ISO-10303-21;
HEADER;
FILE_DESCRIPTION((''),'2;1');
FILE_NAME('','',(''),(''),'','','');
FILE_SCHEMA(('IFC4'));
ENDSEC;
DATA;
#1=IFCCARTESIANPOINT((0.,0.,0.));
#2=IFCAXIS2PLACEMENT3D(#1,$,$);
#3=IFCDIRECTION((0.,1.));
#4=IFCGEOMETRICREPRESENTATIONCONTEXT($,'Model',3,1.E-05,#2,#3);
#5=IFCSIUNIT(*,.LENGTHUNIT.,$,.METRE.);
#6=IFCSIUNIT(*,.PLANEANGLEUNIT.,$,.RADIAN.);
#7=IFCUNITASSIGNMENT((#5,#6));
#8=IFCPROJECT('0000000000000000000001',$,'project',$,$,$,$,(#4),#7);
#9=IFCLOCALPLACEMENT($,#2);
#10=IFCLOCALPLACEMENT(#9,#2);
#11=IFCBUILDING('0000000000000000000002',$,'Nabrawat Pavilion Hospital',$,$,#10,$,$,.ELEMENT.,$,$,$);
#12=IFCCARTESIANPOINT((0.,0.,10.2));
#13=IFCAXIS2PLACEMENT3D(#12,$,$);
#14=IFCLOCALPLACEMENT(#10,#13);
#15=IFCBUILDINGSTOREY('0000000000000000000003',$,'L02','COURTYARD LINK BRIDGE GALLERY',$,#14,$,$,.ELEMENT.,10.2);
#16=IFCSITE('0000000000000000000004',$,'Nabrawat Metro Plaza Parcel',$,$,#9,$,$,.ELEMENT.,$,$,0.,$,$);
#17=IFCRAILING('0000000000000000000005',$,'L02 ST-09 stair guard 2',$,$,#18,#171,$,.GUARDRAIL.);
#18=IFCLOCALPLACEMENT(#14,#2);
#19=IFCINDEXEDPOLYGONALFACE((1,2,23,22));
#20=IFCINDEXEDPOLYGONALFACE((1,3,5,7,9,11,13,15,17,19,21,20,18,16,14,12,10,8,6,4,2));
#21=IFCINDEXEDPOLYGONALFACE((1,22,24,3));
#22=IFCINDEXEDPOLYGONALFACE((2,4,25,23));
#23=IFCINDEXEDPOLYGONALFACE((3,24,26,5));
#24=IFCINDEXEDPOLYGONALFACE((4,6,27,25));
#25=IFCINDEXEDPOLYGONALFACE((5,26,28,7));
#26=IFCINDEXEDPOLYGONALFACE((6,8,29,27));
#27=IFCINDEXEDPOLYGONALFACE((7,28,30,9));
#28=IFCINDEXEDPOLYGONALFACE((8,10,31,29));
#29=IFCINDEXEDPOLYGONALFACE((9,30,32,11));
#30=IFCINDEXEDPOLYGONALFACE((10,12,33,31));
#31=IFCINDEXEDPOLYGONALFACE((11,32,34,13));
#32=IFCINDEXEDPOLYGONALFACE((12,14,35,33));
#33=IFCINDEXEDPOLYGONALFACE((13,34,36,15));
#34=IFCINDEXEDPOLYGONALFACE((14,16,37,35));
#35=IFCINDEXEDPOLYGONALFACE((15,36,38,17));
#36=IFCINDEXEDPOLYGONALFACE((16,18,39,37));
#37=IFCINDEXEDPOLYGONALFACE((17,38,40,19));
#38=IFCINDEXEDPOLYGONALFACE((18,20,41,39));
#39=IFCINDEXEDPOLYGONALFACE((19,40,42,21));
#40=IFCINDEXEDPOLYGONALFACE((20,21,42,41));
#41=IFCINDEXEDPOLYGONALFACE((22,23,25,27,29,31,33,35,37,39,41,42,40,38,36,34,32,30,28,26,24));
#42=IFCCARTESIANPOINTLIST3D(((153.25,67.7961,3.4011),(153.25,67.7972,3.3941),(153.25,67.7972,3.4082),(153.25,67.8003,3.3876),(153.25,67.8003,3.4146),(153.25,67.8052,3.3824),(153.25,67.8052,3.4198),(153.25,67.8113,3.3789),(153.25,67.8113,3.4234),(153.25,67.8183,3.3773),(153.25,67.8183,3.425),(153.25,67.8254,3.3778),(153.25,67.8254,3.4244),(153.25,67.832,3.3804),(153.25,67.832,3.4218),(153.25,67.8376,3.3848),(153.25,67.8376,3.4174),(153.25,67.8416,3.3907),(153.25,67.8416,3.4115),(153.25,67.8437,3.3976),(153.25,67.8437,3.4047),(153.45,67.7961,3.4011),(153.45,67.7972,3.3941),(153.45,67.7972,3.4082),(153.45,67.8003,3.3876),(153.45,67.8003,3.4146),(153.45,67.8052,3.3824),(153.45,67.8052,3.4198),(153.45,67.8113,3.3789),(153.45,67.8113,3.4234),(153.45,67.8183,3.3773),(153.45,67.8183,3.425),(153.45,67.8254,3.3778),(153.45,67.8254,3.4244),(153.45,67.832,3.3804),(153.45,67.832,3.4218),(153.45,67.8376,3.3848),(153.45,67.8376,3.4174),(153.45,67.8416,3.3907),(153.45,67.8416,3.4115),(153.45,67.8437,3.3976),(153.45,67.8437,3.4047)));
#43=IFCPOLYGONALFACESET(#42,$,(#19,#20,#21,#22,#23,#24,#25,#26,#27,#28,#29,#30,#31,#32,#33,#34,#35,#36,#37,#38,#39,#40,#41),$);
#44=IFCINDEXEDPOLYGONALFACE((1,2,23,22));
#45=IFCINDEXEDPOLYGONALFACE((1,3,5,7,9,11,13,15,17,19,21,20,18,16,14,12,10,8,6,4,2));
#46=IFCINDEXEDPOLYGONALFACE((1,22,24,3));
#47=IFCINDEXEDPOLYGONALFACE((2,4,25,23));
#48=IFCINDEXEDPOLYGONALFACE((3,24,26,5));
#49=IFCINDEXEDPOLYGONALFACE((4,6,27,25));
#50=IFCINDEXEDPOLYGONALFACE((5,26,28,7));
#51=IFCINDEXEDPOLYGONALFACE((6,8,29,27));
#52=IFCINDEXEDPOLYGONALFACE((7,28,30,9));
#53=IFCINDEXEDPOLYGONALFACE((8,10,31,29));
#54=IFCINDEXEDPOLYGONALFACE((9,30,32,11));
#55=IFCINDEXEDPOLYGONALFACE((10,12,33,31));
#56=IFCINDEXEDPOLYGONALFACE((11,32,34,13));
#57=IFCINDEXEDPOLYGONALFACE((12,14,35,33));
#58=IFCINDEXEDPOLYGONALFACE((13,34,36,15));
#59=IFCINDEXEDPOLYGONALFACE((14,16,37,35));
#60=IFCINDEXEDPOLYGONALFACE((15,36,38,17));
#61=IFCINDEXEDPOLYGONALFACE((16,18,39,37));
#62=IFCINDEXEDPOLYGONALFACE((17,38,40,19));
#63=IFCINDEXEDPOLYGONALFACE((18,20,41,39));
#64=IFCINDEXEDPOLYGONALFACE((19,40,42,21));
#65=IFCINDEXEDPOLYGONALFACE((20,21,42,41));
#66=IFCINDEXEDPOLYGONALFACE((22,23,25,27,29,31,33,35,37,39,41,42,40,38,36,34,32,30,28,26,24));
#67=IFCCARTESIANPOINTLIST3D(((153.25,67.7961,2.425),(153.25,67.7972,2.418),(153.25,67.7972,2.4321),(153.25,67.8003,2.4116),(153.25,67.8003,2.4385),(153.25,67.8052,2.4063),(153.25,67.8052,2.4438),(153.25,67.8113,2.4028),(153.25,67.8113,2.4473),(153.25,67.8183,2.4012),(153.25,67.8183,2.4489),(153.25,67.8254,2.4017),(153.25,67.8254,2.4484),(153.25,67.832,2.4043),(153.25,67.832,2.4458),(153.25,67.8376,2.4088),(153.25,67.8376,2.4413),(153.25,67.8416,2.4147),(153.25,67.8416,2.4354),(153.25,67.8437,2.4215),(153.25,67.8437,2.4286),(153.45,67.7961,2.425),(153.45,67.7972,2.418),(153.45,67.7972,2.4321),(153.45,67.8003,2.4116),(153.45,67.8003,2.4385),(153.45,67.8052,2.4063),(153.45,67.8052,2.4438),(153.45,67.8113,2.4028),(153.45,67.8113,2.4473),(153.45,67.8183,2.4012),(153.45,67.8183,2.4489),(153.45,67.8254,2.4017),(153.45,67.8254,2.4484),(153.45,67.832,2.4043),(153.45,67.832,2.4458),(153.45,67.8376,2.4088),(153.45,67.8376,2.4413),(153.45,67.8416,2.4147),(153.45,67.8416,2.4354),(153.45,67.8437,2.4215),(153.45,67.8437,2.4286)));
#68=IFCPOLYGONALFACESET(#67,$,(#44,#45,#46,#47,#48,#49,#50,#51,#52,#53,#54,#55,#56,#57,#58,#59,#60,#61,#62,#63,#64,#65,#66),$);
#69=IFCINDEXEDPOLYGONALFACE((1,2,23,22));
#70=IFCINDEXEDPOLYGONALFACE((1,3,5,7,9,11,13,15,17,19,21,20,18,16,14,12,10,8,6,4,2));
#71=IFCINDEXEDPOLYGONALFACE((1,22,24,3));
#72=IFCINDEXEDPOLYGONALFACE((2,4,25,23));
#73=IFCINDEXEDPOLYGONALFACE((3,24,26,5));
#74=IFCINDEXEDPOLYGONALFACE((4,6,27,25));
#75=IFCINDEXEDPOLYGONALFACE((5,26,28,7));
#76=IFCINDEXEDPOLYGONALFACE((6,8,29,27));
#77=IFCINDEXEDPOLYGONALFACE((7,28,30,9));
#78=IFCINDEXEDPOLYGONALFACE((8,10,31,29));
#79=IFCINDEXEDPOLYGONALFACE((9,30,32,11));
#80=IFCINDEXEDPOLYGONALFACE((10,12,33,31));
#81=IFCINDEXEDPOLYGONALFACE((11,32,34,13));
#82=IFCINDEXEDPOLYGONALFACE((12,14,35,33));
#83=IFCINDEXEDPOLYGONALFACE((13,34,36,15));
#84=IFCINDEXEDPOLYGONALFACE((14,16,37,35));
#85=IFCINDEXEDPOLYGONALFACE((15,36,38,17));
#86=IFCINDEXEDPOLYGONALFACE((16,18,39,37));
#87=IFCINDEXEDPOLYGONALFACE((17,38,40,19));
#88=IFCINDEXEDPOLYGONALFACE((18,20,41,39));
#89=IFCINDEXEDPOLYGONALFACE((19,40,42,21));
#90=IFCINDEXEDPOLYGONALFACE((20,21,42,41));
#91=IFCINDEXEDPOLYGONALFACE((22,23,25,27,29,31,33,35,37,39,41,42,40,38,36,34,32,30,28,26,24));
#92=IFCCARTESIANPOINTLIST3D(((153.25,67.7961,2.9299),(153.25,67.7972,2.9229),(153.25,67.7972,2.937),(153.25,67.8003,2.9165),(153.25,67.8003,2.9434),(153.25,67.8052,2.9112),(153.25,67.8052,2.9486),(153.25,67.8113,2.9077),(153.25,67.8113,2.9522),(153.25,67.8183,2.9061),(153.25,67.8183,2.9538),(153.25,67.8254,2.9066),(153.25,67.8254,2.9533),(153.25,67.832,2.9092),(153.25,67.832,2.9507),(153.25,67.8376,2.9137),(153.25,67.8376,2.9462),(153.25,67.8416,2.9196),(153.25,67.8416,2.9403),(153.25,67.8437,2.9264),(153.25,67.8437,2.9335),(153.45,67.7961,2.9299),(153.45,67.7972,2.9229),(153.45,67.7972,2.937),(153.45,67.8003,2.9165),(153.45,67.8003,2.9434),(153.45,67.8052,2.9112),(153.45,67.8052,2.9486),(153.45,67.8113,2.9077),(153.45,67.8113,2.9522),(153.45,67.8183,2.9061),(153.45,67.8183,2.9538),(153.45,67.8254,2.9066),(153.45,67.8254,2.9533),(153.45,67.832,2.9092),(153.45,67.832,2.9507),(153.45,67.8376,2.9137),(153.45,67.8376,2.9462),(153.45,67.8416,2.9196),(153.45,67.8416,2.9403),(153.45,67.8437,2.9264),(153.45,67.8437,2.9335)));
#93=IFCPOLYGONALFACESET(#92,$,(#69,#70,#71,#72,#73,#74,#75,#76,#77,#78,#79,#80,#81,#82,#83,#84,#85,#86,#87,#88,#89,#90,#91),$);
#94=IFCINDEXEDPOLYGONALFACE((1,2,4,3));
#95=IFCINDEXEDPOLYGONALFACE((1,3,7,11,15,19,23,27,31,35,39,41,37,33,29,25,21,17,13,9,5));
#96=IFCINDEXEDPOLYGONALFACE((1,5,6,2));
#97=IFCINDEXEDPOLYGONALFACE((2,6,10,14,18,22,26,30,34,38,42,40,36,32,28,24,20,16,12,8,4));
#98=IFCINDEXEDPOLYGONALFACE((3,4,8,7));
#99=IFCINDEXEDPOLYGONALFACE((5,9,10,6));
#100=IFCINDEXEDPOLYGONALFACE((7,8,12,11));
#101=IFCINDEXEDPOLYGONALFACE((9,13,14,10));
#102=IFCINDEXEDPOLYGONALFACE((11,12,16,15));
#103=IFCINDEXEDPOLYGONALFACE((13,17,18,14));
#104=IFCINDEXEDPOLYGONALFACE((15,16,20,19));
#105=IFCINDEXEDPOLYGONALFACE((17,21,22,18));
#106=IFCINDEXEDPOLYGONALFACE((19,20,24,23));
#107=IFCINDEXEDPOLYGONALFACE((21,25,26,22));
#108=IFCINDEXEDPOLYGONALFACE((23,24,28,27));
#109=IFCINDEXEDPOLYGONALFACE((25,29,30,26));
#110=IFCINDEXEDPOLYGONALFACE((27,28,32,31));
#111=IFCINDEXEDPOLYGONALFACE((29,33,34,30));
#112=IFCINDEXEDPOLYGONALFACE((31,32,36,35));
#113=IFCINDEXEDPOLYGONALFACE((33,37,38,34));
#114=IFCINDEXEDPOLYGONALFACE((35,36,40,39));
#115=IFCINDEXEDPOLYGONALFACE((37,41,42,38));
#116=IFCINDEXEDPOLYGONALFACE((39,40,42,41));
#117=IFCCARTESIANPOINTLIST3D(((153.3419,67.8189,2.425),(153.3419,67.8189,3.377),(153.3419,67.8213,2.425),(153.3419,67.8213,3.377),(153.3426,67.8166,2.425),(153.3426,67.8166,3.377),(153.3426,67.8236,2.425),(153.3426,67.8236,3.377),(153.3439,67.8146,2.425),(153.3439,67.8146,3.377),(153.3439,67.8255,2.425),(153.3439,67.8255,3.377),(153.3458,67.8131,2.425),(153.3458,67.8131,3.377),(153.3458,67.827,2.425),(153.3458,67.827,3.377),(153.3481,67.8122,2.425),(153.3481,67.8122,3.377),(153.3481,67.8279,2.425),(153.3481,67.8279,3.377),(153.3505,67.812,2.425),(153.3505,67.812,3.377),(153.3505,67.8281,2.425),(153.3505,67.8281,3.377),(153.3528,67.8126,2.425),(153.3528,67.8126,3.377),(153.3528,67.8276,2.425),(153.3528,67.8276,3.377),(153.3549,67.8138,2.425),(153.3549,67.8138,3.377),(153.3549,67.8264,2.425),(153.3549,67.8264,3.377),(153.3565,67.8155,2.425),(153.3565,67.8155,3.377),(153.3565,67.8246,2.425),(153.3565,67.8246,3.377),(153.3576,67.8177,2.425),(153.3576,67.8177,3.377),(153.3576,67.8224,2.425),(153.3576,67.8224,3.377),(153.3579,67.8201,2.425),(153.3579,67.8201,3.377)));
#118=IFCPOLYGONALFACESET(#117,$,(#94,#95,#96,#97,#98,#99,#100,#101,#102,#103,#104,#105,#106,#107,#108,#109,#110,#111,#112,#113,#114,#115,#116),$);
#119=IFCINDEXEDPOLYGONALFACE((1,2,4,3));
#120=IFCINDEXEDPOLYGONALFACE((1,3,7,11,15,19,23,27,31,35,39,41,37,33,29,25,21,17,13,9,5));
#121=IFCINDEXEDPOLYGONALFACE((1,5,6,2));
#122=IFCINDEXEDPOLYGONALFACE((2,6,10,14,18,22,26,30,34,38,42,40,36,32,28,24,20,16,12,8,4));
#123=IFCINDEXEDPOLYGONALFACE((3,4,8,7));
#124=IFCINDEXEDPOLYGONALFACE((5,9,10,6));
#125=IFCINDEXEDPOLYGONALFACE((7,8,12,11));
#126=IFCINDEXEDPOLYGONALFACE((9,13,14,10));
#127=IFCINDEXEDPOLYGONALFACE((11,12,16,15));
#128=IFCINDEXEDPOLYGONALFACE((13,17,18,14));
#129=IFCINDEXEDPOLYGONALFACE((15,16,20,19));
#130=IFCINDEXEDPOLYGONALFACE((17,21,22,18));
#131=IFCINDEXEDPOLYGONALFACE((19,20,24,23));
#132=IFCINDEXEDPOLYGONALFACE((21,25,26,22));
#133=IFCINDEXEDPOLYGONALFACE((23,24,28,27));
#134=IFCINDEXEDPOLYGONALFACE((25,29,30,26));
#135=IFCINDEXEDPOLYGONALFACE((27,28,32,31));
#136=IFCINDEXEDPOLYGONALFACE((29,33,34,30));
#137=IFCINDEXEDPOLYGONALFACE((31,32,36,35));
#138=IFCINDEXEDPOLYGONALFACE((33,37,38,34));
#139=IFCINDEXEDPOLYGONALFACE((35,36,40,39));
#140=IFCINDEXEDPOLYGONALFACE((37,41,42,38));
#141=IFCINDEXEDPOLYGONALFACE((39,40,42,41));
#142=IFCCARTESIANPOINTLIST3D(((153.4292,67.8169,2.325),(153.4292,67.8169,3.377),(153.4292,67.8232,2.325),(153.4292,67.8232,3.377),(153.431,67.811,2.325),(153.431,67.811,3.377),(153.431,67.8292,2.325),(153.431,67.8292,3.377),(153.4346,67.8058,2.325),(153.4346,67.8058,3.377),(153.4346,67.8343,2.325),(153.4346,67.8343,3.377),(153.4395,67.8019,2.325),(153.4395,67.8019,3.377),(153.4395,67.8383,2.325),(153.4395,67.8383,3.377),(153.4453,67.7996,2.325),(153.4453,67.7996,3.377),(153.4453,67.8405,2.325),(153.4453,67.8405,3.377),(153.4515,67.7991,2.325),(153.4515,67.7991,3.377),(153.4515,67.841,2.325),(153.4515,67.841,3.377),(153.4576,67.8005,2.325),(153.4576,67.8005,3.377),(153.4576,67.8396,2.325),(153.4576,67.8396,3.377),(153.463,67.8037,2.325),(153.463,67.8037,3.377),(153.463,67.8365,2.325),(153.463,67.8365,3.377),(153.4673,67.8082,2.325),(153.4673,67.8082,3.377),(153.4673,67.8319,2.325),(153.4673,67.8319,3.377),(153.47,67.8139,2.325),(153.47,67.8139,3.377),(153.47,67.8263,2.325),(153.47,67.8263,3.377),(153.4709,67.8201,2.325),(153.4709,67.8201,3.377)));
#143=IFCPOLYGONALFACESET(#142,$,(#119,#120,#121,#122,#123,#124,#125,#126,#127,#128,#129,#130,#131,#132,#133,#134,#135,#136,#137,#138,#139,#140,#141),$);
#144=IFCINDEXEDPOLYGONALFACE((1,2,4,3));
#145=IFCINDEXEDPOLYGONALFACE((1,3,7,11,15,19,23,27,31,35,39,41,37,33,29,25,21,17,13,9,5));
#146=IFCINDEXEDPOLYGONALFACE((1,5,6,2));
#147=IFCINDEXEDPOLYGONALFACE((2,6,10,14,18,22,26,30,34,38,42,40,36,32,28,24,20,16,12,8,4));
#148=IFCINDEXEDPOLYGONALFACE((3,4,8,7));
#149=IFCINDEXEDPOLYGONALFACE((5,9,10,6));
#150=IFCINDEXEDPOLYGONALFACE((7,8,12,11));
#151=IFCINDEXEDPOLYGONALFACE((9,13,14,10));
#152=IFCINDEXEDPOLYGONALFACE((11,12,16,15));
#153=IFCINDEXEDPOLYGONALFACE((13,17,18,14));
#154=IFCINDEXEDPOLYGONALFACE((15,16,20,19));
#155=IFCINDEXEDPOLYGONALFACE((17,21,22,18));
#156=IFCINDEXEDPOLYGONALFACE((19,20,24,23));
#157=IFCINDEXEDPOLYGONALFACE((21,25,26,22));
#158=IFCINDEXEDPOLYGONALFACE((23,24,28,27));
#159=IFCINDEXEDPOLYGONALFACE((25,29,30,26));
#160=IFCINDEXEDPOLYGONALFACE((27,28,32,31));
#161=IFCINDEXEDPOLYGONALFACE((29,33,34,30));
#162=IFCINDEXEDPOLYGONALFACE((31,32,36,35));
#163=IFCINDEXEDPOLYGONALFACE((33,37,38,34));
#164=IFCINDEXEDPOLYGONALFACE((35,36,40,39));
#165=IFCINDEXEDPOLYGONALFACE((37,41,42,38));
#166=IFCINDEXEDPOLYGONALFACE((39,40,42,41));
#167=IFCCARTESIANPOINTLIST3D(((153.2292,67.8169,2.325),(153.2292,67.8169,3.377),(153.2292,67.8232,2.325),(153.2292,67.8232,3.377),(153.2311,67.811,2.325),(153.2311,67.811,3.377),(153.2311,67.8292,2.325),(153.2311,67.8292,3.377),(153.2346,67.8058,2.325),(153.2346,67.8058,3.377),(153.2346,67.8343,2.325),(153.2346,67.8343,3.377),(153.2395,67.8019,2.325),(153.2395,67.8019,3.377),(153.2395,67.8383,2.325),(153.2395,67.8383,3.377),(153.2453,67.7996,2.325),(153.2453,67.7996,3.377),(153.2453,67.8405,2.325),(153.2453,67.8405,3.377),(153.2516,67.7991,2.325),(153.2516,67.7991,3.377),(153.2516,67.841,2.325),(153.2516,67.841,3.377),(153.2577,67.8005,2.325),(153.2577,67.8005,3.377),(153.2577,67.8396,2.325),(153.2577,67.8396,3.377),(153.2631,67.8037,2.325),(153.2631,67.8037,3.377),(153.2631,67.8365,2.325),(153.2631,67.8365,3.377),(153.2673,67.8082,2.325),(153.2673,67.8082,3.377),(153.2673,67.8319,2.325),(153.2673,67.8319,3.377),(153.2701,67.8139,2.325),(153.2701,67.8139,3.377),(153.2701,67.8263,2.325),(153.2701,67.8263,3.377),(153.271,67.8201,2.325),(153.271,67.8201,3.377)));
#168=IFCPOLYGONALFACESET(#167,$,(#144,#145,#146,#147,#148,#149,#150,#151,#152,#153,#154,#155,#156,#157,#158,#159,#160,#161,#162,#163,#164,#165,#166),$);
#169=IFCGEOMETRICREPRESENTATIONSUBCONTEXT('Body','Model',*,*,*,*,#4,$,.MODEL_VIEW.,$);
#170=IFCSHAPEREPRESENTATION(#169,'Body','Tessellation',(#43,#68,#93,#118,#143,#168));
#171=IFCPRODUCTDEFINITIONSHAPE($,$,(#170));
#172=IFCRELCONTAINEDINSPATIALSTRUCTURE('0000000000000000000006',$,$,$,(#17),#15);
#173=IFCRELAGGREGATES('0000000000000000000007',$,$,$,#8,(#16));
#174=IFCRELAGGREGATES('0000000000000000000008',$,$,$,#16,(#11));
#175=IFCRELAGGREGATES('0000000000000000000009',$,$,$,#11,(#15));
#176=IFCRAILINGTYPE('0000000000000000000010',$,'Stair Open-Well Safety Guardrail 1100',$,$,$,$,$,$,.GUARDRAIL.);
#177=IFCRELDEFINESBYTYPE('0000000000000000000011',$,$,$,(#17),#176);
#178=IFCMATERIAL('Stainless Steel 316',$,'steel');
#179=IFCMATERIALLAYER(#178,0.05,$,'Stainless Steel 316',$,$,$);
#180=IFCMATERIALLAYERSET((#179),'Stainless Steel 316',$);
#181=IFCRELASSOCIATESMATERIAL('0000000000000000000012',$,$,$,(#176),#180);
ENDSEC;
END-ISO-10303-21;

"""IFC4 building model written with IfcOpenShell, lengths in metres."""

from ifc_helpers import new_model, si_unit, direction, frame, origin, origin_2d, place, context, subcontext, project, spatial, circle, extrude, material, layer, layer_set, type_object, element, save


model = new_model("IFC4")

# Units and contexts
model_context = context("Model", 3, precision=1e-05, world=origin(), true_north=direction((0.0, 1.0)))
body_context = subcontext(model_context, "Body", "Model", "MODEL_VIEW")
ifc_project = project(units=[si_unit("LENGTHUNIT", "METRE"), si_unit("PLANEANGLEUNIT", "RADIAN")], contexts=[model_context])

# Site, building, storey
site_placement = place(None, origin())
site = spatial("IfcSite", under=ifc_project, at=site_placement, Name="Nabrawat Metro Plaza Parcel", CompositionType="ELEMENT", RefElevation=0.0)
building_placement = place(site_placement, origin())
building = spatial("IfcBuilding", under=site, at=building_placement, Name="Nabrawat Pavilion Hospital", CompositionType="ELEMENT")
storey_placement = place(building_placement, frame((0.0, 0.0, 10.2)))
storey = spatial("IfcBuildingStorey", under=building, at=storey_placement, Name="L02", Description="COURTYARD LINK BRIDGE GALLERY", CompositionType="ELEMENT", Elevation=10.2)

# Railing
ifc_material_1 = material(Name="Stainless Steel 316", Category="steel")
ifc_layer_1 = layer(ifc_material_1, 0.05, Name="Stainless Steel 316")
ifc_layer_set_1 = layer_set([ifc_layer_1], Name="Stainless Steel 316")
railing_type_1 = type_object("IfcRailingType", Name="Stair Open-Well Safety Guardrail 1100", PredefinedType="GUARDRAIL", material=ifc_layer_set_1)
railing_1_placement = place(storey_placement, frame((153.45, 67.8201, 2.325)))
element("IfcRailing", 1, at=railing_1_placement, inside=storey, type_object=railing_type_1, Name="L02 ST-09 stair guard 2", PredefinedType="GUARDRAIL", context=body_context, shape_type="SweptSolid", body=[
    extrude(circle(Radius=0.0239, at=origin_2d()), frame((0.0, 0.0, 1.0762), z_axis=(-1.0, 0.0, 0.0), x_axis=(0.0, -1.0, 0.0)), (0.0, 0.0, 1.0), 0.2),
    extrude(circle(Radius=0.0239, at=origin_2d()), frame((0.0, 0.0, 0.1001), z_axis=(-1.0, 0.0, 0.0), x_axis=(0.0, -1.0, 0.0)), (0.0, 0.0, 1.0), 0.2),
    extrude(circle(Radius=0.0239, at=origin_2d()), frame((0.0, 0.0, 0.605), z_axis=(-1.0, 0.0, 0.0), x_axis=(0.0, -1.0, 0.0)), (0.0, 0.0, 1.0), 0.2),
    extrude(circle(Radius=0.0081, at=origin_2d()), frame((-0.1001, 0.0, 0.1001)), (0.0, 0.0, 1.0), 0.9519),
    extrude(circle(Radius=0.021, at=origin_2d()), origin(), (0.0, 0.0, 1.0), 1.052),
    extrude(circle(Radius=0.021, at=origin_2d()), frame((-0.2, 0.0, 0.0)), (0.0, 0.0, 1.0), 1.052),
])

save(model, "model.ifc")
